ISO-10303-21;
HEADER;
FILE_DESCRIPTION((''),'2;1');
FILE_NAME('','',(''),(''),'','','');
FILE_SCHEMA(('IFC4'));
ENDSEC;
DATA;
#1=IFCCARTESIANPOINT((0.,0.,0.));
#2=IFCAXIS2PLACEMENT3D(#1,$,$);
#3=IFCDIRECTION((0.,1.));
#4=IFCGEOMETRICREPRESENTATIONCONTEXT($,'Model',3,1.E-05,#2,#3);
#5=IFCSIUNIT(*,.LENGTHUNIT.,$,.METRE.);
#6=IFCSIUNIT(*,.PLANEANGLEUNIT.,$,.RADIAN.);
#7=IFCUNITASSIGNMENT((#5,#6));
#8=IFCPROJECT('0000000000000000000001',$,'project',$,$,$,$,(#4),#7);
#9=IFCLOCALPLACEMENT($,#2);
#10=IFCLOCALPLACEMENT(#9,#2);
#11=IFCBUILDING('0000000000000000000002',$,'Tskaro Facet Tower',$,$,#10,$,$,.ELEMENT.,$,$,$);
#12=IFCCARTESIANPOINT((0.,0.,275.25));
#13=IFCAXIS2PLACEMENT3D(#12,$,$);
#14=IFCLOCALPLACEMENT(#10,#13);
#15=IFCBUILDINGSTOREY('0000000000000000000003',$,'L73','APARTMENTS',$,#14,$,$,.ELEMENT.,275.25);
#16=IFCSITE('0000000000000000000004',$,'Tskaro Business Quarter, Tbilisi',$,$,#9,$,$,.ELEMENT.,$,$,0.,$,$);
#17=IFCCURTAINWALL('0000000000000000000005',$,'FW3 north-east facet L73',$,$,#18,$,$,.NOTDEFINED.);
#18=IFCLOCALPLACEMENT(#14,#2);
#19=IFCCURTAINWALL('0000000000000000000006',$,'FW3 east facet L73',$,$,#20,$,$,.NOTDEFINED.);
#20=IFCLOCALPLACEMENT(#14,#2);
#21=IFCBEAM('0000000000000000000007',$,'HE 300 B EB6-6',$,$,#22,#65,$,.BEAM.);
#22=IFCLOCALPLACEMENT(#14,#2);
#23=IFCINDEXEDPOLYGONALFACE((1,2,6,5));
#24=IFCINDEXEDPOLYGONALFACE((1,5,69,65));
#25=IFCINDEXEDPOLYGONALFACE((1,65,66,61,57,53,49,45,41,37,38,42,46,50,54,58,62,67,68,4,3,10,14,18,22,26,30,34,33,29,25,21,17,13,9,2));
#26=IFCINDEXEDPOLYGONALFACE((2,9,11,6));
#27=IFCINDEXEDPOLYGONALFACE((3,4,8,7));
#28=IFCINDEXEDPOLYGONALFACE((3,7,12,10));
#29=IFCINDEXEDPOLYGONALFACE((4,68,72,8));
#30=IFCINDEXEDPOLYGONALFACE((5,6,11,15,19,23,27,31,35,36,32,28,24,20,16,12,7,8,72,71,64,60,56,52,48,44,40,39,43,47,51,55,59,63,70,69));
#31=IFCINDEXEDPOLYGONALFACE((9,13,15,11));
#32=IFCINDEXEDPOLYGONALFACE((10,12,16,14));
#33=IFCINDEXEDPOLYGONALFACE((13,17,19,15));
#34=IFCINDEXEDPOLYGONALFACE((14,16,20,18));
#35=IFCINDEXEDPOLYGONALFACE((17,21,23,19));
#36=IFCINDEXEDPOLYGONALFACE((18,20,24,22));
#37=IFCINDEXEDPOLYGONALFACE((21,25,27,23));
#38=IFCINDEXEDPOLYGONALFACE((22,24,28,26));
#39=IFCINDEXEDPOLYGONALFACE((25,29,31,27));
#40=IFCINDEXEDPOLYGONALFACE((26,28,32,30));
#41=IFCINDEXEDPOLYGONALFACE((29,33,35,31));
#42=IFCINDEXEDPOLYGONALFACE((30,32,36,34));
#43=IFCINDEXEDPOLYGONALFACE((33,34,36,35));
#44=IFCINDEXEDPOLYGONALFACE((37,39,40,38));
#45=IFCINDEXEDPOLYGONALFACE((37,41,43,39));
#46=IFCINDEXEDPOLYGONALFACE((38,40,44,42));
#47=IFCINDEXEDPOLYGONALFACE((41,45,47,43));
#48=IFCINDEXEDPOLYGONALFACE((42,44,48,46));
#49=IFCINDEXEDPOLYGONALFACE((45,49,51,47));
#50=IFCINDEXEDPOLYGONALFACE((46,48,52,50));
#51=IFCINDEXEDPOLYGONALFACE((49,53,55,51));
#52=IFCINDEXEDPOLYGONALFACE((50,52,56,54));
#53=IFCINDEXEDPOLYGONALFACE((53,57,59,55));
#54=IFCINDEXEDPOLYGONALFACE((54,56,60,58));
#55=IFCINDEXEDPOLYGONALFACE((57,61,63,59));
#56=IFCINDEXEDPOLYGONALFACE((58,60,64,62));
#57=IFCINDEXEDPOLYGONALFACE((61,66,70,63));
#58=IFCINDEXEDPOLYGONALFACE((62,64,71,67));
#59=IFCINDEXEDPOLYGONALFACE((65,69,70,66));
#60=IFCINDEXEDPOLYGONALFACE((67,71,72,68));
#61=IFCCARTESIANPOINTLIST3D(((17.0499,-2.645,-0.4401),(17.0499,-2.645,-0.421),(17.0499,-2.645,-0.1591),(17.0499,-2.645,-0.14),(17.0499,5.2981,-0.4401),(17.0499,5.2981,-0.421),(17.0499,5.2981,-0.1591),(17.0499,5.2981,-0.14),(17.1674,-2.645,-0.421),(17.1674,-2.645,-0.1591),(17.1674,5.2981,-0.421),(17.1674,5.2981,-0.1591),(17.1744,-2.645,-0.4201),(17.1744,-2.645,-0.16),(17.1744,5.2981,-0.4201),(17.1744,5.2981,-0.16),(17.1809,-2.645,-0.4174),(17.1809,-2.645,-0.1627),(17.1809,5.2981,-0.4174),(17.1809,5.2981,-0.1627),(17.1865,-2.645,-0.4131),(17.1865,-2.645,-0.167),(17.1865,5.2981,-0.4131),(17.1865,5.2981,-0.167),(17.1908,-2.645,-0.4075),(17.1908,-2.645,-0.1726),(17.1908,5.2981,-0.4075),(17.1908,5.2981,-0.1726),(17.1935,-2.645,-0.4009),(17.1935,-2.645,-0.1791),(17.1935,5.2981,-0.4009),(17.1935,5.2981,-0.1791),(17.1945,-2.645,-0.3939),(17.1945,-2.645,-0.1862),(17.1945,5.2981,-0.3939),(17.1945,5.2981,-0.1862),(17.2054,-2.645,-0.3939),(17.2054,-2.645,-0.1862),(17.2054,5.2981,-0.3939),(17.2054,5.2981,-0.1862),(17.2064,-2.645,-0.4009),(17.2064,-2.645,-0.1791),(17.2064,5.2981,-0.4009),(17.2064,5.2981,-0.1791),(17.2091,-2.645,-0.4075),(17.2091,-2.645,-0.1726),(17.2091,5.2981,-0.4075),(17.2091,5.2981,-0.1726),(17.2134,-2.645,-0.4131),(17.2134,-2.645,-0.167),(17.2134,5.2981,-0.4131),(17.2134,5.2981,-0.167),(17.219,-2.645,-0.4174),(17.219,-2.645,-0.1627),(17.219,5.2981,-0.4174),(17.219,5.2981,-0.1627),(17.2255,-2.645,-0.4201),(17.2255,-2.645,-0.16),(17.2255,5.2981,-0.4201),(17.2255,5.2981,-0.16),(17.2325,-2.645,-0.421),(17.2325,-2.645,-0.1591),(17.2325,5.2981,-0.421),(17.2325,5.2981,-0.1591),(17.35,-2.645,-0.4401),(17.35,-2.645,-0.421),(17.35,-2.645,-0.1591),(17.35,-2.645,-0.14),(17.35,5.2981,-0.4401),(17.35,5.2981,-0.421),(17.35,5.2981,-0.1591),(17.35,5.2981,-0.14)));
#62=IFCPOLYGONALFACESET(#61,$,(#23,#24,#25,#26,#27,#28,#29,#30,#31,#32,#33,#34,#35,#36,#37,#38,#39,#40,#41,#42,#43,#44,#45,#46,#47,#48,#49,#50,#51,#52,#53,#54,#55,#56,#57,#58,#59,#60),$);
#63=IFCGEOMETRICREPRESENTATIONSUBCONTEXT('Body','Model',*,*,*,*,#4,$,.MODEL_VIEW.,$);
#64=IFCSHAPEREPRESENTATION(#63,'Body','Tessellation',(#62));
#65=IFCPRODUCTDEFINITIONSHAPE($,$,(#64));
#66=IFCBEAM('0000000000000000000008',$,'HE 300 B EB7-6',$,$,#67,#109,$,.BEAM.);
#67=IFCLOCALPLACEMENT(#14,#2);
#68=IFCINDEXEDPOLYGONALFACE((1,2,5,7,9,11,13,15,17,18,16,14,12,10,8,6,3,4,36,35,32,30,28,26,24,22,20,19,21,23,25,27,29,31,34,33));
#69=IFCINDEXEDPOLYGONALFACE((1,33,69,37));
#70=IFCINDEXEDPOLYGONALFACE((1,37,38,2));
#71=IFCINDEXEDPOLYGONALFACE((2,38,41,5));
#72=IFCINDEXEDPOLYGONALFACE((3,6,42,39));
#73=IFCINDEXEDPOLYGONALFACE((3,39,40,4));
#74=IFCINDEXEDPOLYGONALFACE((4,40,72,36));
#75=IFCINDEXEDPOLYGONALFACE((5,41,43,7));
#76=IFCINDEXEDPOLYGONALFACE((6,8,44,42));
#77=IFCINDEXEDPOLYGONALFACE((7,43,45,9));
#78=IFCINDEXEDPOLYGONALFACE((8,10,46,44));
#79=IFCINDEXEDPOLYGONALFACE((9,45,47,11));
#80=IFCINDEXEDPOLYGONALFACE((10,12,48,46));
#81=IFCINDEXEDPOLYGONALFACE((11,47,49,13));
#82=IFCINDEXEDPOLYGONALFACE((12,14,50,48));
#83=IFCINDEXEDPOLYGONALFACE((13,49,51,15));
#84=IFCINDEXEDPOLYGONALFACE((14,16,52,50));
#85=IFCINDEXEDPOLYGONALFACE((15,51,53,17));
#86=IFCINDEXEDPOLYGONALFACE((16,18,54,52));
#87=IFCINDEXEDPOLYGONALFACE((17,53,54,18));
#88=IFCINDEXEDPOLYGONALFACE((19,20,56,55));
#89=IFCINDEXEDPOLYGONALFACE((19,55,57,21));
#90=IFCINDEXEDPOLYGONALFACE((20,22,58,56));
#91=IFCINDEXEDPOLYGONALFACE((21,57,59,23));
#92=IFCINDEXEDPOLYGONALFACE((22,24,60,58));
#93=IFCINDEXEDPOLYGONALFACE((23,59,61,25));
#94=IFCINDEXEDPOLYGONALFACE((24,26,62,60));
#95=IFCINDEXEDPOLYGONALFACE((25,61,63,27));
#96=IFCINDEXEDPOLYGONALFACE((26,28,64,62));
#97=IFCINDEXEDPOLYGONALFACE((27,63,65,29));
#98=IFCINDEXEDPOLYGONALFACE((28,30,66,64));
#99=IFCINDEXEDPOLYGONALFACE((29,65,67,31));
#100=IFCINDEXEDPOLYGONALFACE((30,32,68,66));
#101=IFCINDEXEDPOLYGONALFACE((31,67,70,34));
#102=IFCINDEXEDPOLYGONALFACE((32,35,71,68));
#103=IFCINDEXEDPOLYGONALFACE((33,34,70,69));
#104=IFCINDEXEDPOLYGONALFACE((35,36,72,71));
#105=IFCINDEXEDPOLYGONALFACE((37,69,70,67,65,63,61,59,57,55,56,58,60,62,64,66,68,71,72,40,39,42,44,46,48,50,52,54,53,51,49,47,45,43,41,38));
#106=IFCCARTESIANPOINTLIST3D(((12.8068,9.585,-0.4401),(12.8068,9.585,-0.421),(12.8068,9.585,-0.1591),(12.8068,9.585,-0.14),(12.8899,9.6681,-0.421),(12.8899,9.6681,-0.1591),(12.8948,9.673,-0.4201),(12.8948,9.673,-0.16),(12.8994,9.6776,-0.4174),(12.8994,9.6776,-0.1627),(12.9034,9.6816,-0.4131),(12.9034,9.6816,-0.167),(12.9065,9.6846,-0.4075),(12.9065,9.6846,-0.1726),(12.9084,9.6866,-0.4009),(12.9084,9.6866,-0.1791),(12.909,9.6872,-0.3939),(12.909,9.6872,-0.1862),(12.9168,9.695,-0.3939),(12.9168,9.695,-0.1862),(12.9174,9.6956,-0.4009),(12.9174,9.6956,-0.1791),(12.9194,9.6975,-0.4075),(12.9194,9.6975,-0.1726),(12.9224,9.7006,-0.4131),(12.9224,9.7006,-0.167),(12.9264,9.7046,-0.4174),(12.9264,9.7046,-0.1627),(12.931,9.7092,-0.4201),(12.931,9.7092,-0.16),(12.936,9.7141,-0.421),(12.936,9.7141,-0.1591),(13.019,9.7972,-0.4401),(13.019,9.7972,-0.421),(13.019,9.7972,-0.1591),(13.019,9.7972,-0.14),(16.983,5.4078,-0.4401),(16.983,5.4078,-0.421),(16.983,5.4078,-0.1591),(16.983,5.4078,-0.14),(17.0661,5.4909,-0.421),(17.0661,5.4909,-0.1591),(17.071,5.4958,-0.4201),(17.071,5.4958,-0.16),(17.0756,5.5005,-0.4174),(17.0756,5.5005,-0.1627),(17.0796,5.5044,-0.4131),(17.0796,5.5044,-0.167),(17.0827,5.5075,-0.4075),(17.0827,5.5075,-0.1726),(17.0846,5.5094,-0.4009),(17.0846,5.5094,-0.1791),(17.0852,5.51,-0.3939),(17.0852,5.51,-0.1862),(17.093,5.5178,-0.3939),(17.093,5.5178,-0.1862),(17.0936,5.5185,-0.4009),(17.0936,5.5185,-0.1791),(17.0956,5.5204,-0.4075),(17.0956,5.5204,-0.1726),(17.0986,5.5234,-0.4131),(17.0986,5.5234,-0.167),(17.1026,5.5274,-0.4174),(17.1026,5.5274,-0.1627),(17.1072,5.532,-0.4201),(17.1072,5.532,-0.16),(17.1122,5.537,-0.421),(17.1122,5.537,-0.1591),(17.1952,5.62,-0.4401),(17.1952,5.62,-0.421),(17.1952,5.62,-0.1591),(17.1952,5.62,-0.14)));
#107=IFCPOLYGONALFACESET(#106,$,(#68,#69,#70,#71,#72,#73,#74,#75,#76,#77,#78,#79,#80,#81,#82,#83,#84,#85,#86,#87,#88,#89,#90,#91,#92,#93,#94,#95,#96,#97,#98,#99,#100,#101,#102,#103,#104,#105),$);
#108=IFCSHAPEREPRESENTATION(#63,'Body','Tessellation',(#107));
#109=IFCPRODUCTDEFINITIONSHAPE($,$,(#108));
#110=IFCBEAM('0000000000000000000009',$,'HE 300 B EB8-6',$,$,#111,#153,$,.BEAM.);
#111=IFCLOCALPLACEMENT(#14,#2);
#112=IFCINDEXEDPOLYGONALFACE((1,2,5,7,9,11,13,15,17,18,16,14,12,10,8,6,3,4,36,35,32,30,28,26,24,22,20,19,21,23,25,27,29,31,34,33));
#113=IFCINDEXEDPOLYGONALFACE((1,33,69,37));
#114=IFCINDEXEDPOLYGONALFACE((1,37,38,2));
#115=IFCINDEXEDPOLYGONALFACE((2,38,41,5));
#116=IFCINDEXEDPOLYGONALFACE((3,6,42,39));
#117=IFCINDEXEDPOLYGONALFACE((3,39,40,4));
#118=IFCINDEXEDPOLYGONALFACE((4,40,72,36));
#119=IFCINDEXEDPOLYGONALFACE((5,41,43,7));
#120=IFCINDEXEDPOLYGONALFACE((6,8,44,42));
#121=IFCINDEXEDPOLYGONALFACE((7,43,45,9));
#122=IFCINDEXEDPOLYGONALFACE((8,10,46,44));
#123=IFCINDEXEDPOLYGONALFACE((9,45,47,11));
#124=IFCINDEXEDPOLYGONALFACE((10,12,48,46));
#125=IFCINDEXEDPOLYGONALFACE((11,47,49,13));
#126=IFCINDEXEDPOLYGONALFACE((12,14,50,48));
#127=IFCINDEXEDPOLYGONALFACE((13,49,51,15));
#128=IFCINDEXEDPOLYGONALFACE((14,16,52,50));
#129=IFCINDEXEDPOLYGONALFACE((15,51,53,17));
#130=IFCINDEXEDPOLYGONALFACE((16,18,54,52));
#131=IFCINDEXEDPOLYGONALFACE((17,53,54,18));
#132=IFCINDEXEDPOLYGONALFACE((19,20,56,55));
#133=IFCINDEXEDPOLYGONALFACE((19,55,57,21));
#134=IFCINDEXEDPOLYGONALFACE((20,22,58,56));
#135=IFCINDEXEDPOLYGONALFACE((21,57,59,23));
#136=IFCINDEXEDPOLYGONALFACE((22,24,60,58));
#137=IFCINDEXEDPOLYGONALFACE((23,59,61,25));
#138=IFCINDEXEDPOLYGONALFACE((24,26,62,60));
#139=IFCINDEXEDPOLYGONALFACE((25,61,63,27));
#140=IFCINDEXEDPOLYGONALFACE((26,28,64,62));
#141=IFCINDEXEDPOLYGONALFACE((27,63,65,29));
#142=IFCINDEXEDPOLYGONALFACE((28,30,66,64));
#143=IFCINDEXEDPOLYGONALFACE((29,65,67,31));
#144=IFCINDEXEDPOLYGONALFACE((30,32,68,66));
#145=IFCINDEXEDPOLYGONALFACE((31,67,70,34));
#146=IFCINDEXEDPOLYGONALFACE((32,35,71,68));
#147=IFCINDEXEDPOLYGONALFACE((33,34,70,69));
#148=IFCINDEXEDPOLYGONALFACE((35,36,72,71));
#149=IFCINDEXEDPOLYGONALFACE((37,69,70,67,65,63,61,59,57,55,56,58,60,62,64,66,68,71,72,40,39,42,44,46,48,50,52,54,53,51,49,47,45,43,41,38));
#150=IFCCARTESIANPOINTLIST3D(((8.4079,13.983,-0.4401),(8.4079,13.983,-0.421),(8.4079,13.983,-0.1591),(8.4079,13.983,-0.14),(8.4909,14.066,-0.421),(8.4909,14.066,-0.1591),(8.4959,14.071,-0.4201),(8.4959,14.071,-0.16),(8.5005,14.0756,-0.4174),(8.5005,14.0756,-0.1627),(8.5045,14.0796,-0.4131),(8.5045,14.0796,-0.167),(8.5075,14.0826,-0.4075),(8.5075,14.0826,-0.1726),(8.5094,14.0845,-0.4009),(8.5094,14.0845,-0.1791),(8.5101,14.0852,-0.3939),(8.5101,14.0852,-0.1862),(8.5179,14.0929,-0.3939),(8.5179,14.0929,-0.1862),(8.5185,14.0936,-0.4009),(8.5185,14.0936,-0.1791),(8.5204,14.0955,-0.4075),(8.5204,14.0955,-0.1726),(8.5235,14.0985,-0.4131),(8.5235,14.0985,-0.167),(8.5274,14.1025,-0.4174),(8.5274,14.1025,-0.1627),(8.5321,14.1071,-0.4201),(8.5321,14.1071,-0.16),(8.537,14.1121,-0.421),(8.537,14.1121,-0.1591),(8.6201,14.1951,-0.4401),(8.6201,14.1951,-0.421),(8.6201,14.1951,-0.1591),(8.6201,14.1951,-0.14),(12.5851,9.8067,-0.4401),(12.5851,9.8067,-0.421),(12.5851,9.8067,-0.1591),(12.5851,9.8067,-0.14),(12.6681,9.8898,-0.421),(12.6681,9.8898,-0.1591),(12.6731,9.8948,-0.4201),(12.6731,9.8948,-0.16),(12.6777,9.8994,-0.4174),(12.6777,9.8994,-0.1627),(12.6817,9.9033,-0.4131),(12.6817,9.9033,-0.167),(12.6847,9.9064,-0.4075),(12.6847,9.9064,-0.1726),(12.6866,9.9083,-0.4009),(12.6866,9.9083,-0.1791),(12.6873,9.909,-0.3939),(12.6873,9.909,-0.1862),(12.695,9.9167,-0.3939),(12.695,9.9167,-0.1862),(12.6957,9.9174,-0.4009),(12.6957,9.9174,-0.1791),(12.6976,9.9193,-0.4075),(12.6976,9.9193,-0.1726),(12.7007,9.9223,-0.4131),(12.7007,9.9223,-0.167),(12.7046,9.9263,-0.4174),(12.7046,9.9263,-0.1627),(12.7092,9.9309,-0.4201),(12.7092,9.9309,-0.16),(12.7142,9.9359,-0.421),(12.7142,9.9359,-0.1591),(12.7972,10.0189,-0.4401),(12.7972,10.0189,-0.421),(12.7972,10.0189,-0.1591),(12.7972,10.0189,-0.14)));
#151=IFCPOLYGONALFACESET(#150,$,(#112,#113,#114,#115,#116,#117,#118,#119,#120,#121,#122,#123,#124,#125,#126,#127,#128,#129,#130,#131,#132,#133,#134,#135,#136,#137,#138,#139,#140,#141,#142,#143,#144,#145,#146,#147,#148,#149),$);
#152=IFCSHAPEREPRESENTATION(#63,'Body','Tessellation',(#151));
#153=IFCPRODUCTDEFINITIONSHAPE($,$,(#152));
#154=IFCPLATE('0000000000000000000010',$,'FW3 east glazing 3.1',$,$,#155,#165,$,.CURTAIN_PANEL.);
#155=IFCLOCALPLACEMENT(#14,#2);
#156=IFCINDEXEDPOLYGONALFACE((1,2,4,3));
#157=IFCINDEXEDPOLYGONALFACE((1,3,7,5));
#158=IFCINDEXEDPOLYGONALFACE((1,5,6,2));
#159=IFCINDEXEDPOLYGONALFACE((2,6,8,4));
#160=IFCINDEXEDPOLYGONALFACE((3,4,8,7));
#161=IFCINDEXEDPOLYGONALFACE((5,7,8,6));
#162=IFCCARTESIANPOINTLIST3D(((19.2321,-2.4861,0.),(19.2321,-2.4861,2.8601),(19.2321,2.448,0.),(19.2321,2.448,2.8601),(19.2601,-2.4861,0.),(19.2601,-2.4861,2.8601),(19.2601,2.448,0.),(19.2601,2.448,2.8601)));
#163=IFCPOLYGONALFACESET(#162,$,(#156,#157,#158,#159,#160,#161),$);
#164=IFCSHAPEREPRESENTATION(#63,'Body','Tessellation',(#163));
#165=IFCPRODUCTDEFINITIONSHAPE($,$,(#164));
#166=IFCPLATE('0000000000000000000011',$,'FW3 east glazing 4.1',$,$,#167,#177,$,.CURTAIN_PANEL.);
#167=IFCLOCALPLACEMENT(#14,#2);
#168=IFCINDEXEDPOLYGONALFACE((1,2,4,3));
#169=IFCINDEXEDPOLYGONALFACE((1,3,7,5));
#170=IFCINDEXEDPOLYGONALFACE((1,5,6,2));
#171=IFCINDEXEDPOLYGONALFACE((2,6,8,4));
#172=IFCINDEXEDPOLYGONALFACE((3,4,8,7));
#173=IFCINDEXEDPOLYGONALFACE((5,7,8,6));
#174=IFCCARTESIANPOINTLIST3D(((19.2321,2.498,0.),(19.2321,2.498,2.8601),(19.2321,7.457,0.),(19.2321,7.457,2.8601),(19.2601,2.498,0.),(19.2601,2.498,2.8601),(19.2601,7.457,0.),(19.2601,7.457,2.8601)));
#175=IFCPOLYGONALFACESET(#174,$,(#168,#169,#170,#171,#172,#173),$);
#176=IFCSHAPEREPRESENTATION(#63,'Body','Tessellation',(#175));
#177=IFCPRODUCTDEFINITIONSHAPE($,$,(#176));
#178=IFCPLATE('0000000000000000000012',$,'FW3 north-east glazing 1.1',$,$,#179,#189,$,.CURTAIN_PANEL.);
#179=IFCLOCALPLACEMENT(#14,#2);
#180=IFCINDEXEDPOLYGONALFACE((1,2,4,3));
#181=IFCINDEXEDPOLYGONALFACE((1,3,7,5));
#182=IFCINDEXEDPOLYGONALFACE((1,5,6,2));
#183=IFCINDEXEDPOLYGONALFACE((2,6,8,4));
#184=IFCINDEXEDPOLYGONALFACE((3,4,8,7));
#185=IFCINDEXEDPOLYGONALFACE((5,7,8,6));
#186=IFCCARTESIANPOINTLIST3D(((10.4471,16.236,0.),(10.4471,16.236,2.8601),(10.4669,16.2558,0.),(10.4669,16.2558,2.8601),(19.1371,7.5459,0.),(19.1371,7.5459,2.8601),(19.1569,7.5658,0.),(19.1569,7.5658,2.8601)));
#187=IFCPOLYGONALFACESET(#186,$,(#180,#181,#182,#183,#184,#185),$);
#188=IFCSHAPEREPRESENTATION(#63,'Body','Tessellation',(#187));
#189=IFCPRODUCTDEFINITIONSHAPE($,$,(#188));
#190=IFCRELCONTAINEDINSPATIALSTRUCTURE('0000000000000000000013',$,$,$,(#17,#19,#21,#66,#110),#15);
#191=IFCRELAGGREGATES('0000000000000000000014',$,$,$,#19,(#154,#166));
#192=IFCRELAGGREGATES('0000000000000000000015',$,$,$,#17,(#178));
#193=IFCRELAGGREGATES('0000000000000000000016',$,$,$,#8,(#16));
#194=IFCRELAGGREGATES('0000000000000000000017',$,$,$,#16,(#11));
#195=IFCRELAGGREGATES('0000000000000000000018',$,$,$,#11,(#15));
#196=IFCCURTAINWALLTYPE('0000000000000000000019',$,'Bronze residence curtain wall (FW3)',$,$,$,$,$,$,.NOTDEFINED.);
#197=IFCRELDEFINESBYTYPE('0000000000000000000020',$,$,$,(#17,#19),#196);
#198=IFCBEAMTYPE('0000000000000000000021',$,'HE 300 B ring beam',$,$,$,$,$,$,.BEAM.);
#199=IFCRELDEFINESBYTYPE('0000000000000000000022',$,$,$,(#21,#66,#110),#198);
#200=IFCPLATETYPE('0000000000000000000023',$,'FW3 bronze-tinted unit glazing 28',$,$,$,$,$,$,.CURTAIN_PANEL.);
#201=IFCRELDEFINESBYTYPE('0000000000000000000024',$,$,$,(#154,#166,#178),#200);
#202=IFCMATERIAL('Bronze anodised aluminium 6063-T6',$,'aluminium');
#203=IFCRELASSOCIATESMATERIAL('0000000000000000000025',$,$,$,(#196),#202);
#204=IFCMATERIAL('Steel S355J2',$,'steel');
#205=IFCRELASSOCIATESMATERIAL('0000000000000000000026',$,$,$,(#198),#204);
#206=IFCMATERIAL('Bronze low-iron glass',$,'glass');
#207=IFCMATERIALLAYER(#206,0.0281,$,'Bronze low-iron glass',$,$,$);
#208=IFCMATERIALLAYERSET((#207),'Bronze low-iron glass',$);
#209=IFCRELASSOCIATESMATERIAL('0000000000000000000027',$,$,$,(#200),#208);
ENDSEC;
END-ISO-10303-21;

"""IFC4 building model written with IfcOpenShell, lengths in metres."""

from ifc_helpers import new_model, si_unit, direction, frame, origin, origin_2d, place, context, subcontext, project, spatial, rectangle, i_section, extrude, material, layer, layer_set, material_profile, profile_set, type_object, element, aggregate, save


model = new_model("IFC4")

# Units and contexts
model_context = context("Model", 3, precision=1e-05, world=origin(), true_north=direction((0.0, 1.0)))
body_context = subcontext(model_context, "Body", "Model", "MODEL_VIEW")
ifc_project = project(units=[si_unit("LENGTHUNIT", "METRE"), si_unit("PLANEANGLEUNIT", "RADIAN")], contexts=[model_context])

# Site, building, storey
site_placement = place(None, origin())
site = spatial("IfcSite", under=ifc_project, at=site_placement, Name="Tskaro Business Quarter, Tbilisi", CompositionType="ELEMENT", RefElevation=0.0)
building_placement = place(site_placement, origin())
building = spatial("IfcBuilding", under=site, at=building_placement, Name="Tskaro Facet Tower", CompositionType="ELEMENT")
storey_placement = place(building_placement, frame((0.0, 0.0, 275.25)))
storey = spatial("IfcBuildingStorey", under=building, at=storey_placement, Name="L73", Description="APARTMENTS", CompositionType="ELEMENT", Elevation=275.25)

# Shared definitions
ifc_material_1 = material(Name="Steel S355J2", Category="steel")

# Curtain wall
ifc_material_2 = material(Name="Bronze anodised aluminium 6063-T6", Category="aluminium")
curtain_wall_type = type_object("IfcCurtainWallType", Name="Bronze residence curtain wall (FW3)", PredefinedType="NOTDEFINED", material=ifc_material_2)
curtain_wall_1_placement = place(storey_placement, origin())
curtain_wall_1 = element("IfcCurtainWall", 1, at=curtain_wall_1_placement, inside=storey, type_object=curtain_wall_type, Name="FW3 north-east facet L73", PredefinedType="NOTDEFINED")

# Curtain wall
curtain_wall_2_placement = place(storey_placement, origin())
curtain_wall_2 = element("IfcCurtainWall", 2, at=curtain_wall_2_placement, inside=storey, type_object=curtain_wall_type, Name="FW3 east facet L73", PredefinedType="NOTDEFINED")

# Beams
ifc_material_profile_1 = material_profile(ifc_material_1, i_section(OverallWidth=0.3, OverallDepth=0.3, WebThickness=0.011, FlangeThickness=0.019, FilletRadius=0.0271, at=origin_2d()), Name="HE 300 B")
ifc_profile_set_1 = profile_set([ifc_material_profile_1], Name="Steel S355J2")
beam_type = type_object("IfcBeamType", Name="HE 300 B ring beam", PredefinedType="BEAM", material=ifc_profile_set_1)
beam_placement = place(storey_placement, frame((17.2, -2.645, -0.29), z_axis=(0.0, 1.0, 0.0), x_axis=(-1.0, 0.0, 0.0)))
element("IfcBeam", 3, at=beam_placement, inside=storey, type_object=beam_type, Name="HE 300 B EB6-6", PredefinedType="BEAM", context=body_context, shape_type="SweptSolid", body=[
    extrude(i_section(OverallWidth=0.3, OverallDepth=0.3, WebThickness=0.011, FlangeThickness=0.019, FilletRadius=0.0271, at=origin_2d()), origin(), (0.0, 0.0, 1.0), 7.9431),
])
for number, where, z_axis, x_axis, name in (
    (4, (17.0891, 5.5139, -0.29), (-0.707024, 0.707189, 0.0), (-0.707189, -0.707024, 0.0), "HE 300 B EB7-6"),
    (5, (12.6912, 9.9128, -0.29), (-0.707189, 0.707024, 0.0), (-0.707024, -0.707189, 0.0), "HE 300 B EB8-6"),
):
    element("IfcBeam", number, at=place(storey_placement, frame(where, z_axis=z_axis, x_axis=x_axis)), inside=storey, type_object=beam_type, Name=name, PredefinedType="BEAM", context=body_context, shape_type="SweptSolid", body=[
        extrude(i_section(OverallWidth=0.3, OverallDepth=0.3, WebThickness=0.011, FlangeThickness=0.019, FilletRadius=0.0271, at=origin_2d()), origin(), (0.0, 0.0, 1.0), 5.9067),
    ])

# Plates
ifc_material_3 = material(Name="Bronze low-iron glass", Category="glass")
ifc_layer_1 = layer(ifc_material_3, 0.0281, Name="Bronze low-iron glass")
ifc_layer_set_1 = layer_set([ifc_layer_1], Name="Bronze low-iron glass")
plate_type = type_object("IfcPlateType", Name="FW3 bronze-tinted unit glazing 28", PredefinedType="CURTAIN_PANEL", material=ifc_layer_set_1)
plate_1_placement = place(storey_placement, frame((19.2461, -0.019, 0.0), z_axis=(0.0, 0.0, 1.0), x_axis=(0.0, 1.0, 0.0)))
plate_1 = element("IfcPlate", 6, at=plate_1_placement, type_object=plate_type, Name="FW3 east glazing 3.1", PredefinedType="CURTAIN_PANEL", context=body_context, shape_type="SweptSolid", body=[
    extrude(rectangle(XDim=4.9341, YDim=0.0281, at=origin_2d()), origin(), (0.0, 0.0, 1.0), 2.8601),
])
plate_2_placement = place(storey_placement, frame((19.2461, 4.9775, 0.0), z_axis=(0.0, 0.0, 1.0), x_axis=(0.0, 1.0, 0.0)))
plate_2 = element("IfcPlate", 7, at=plate_2_placement, type_object=plate_type, Name="FW3 east glazing 4.1", PredefinedType="CURTAIN_PANEL", context=body_context, shape_type="SweptSolid", body=[
    extrude(rectangle(XDim=4.959, YDim=0.0281, at=origin_2d()), origin(), (0.0, 0.0, 1.0), 2.8601),
])
aggregate(curtain_wall_2, [plate_1, plate_2])
plate_3_placement = place(storey_placement, frame((14.802, 11.9009, 0.0), z_axis=(0.0, 0.0, 1.0), x_axis=(-0.707107, 0.707107, 0.0)))
plate_3 = element("IfcPlate", 8, at=plate_3_placement, type_object=plate_type, Name="FW3 north-east glazing 1.1", PredefinedType="CURTAIN_PANEL", context=body_context, shape_type="SweptSolid", body=[
    extrude(rectangle(XDim=12.2896, YDim=0.0281, at=origin_2d()), origin(), (0.0, 0.0, 1.0), 2.8601),
])
aggregate(curtain_wall_1, [plate_3])

save(model, "model.ifc")
